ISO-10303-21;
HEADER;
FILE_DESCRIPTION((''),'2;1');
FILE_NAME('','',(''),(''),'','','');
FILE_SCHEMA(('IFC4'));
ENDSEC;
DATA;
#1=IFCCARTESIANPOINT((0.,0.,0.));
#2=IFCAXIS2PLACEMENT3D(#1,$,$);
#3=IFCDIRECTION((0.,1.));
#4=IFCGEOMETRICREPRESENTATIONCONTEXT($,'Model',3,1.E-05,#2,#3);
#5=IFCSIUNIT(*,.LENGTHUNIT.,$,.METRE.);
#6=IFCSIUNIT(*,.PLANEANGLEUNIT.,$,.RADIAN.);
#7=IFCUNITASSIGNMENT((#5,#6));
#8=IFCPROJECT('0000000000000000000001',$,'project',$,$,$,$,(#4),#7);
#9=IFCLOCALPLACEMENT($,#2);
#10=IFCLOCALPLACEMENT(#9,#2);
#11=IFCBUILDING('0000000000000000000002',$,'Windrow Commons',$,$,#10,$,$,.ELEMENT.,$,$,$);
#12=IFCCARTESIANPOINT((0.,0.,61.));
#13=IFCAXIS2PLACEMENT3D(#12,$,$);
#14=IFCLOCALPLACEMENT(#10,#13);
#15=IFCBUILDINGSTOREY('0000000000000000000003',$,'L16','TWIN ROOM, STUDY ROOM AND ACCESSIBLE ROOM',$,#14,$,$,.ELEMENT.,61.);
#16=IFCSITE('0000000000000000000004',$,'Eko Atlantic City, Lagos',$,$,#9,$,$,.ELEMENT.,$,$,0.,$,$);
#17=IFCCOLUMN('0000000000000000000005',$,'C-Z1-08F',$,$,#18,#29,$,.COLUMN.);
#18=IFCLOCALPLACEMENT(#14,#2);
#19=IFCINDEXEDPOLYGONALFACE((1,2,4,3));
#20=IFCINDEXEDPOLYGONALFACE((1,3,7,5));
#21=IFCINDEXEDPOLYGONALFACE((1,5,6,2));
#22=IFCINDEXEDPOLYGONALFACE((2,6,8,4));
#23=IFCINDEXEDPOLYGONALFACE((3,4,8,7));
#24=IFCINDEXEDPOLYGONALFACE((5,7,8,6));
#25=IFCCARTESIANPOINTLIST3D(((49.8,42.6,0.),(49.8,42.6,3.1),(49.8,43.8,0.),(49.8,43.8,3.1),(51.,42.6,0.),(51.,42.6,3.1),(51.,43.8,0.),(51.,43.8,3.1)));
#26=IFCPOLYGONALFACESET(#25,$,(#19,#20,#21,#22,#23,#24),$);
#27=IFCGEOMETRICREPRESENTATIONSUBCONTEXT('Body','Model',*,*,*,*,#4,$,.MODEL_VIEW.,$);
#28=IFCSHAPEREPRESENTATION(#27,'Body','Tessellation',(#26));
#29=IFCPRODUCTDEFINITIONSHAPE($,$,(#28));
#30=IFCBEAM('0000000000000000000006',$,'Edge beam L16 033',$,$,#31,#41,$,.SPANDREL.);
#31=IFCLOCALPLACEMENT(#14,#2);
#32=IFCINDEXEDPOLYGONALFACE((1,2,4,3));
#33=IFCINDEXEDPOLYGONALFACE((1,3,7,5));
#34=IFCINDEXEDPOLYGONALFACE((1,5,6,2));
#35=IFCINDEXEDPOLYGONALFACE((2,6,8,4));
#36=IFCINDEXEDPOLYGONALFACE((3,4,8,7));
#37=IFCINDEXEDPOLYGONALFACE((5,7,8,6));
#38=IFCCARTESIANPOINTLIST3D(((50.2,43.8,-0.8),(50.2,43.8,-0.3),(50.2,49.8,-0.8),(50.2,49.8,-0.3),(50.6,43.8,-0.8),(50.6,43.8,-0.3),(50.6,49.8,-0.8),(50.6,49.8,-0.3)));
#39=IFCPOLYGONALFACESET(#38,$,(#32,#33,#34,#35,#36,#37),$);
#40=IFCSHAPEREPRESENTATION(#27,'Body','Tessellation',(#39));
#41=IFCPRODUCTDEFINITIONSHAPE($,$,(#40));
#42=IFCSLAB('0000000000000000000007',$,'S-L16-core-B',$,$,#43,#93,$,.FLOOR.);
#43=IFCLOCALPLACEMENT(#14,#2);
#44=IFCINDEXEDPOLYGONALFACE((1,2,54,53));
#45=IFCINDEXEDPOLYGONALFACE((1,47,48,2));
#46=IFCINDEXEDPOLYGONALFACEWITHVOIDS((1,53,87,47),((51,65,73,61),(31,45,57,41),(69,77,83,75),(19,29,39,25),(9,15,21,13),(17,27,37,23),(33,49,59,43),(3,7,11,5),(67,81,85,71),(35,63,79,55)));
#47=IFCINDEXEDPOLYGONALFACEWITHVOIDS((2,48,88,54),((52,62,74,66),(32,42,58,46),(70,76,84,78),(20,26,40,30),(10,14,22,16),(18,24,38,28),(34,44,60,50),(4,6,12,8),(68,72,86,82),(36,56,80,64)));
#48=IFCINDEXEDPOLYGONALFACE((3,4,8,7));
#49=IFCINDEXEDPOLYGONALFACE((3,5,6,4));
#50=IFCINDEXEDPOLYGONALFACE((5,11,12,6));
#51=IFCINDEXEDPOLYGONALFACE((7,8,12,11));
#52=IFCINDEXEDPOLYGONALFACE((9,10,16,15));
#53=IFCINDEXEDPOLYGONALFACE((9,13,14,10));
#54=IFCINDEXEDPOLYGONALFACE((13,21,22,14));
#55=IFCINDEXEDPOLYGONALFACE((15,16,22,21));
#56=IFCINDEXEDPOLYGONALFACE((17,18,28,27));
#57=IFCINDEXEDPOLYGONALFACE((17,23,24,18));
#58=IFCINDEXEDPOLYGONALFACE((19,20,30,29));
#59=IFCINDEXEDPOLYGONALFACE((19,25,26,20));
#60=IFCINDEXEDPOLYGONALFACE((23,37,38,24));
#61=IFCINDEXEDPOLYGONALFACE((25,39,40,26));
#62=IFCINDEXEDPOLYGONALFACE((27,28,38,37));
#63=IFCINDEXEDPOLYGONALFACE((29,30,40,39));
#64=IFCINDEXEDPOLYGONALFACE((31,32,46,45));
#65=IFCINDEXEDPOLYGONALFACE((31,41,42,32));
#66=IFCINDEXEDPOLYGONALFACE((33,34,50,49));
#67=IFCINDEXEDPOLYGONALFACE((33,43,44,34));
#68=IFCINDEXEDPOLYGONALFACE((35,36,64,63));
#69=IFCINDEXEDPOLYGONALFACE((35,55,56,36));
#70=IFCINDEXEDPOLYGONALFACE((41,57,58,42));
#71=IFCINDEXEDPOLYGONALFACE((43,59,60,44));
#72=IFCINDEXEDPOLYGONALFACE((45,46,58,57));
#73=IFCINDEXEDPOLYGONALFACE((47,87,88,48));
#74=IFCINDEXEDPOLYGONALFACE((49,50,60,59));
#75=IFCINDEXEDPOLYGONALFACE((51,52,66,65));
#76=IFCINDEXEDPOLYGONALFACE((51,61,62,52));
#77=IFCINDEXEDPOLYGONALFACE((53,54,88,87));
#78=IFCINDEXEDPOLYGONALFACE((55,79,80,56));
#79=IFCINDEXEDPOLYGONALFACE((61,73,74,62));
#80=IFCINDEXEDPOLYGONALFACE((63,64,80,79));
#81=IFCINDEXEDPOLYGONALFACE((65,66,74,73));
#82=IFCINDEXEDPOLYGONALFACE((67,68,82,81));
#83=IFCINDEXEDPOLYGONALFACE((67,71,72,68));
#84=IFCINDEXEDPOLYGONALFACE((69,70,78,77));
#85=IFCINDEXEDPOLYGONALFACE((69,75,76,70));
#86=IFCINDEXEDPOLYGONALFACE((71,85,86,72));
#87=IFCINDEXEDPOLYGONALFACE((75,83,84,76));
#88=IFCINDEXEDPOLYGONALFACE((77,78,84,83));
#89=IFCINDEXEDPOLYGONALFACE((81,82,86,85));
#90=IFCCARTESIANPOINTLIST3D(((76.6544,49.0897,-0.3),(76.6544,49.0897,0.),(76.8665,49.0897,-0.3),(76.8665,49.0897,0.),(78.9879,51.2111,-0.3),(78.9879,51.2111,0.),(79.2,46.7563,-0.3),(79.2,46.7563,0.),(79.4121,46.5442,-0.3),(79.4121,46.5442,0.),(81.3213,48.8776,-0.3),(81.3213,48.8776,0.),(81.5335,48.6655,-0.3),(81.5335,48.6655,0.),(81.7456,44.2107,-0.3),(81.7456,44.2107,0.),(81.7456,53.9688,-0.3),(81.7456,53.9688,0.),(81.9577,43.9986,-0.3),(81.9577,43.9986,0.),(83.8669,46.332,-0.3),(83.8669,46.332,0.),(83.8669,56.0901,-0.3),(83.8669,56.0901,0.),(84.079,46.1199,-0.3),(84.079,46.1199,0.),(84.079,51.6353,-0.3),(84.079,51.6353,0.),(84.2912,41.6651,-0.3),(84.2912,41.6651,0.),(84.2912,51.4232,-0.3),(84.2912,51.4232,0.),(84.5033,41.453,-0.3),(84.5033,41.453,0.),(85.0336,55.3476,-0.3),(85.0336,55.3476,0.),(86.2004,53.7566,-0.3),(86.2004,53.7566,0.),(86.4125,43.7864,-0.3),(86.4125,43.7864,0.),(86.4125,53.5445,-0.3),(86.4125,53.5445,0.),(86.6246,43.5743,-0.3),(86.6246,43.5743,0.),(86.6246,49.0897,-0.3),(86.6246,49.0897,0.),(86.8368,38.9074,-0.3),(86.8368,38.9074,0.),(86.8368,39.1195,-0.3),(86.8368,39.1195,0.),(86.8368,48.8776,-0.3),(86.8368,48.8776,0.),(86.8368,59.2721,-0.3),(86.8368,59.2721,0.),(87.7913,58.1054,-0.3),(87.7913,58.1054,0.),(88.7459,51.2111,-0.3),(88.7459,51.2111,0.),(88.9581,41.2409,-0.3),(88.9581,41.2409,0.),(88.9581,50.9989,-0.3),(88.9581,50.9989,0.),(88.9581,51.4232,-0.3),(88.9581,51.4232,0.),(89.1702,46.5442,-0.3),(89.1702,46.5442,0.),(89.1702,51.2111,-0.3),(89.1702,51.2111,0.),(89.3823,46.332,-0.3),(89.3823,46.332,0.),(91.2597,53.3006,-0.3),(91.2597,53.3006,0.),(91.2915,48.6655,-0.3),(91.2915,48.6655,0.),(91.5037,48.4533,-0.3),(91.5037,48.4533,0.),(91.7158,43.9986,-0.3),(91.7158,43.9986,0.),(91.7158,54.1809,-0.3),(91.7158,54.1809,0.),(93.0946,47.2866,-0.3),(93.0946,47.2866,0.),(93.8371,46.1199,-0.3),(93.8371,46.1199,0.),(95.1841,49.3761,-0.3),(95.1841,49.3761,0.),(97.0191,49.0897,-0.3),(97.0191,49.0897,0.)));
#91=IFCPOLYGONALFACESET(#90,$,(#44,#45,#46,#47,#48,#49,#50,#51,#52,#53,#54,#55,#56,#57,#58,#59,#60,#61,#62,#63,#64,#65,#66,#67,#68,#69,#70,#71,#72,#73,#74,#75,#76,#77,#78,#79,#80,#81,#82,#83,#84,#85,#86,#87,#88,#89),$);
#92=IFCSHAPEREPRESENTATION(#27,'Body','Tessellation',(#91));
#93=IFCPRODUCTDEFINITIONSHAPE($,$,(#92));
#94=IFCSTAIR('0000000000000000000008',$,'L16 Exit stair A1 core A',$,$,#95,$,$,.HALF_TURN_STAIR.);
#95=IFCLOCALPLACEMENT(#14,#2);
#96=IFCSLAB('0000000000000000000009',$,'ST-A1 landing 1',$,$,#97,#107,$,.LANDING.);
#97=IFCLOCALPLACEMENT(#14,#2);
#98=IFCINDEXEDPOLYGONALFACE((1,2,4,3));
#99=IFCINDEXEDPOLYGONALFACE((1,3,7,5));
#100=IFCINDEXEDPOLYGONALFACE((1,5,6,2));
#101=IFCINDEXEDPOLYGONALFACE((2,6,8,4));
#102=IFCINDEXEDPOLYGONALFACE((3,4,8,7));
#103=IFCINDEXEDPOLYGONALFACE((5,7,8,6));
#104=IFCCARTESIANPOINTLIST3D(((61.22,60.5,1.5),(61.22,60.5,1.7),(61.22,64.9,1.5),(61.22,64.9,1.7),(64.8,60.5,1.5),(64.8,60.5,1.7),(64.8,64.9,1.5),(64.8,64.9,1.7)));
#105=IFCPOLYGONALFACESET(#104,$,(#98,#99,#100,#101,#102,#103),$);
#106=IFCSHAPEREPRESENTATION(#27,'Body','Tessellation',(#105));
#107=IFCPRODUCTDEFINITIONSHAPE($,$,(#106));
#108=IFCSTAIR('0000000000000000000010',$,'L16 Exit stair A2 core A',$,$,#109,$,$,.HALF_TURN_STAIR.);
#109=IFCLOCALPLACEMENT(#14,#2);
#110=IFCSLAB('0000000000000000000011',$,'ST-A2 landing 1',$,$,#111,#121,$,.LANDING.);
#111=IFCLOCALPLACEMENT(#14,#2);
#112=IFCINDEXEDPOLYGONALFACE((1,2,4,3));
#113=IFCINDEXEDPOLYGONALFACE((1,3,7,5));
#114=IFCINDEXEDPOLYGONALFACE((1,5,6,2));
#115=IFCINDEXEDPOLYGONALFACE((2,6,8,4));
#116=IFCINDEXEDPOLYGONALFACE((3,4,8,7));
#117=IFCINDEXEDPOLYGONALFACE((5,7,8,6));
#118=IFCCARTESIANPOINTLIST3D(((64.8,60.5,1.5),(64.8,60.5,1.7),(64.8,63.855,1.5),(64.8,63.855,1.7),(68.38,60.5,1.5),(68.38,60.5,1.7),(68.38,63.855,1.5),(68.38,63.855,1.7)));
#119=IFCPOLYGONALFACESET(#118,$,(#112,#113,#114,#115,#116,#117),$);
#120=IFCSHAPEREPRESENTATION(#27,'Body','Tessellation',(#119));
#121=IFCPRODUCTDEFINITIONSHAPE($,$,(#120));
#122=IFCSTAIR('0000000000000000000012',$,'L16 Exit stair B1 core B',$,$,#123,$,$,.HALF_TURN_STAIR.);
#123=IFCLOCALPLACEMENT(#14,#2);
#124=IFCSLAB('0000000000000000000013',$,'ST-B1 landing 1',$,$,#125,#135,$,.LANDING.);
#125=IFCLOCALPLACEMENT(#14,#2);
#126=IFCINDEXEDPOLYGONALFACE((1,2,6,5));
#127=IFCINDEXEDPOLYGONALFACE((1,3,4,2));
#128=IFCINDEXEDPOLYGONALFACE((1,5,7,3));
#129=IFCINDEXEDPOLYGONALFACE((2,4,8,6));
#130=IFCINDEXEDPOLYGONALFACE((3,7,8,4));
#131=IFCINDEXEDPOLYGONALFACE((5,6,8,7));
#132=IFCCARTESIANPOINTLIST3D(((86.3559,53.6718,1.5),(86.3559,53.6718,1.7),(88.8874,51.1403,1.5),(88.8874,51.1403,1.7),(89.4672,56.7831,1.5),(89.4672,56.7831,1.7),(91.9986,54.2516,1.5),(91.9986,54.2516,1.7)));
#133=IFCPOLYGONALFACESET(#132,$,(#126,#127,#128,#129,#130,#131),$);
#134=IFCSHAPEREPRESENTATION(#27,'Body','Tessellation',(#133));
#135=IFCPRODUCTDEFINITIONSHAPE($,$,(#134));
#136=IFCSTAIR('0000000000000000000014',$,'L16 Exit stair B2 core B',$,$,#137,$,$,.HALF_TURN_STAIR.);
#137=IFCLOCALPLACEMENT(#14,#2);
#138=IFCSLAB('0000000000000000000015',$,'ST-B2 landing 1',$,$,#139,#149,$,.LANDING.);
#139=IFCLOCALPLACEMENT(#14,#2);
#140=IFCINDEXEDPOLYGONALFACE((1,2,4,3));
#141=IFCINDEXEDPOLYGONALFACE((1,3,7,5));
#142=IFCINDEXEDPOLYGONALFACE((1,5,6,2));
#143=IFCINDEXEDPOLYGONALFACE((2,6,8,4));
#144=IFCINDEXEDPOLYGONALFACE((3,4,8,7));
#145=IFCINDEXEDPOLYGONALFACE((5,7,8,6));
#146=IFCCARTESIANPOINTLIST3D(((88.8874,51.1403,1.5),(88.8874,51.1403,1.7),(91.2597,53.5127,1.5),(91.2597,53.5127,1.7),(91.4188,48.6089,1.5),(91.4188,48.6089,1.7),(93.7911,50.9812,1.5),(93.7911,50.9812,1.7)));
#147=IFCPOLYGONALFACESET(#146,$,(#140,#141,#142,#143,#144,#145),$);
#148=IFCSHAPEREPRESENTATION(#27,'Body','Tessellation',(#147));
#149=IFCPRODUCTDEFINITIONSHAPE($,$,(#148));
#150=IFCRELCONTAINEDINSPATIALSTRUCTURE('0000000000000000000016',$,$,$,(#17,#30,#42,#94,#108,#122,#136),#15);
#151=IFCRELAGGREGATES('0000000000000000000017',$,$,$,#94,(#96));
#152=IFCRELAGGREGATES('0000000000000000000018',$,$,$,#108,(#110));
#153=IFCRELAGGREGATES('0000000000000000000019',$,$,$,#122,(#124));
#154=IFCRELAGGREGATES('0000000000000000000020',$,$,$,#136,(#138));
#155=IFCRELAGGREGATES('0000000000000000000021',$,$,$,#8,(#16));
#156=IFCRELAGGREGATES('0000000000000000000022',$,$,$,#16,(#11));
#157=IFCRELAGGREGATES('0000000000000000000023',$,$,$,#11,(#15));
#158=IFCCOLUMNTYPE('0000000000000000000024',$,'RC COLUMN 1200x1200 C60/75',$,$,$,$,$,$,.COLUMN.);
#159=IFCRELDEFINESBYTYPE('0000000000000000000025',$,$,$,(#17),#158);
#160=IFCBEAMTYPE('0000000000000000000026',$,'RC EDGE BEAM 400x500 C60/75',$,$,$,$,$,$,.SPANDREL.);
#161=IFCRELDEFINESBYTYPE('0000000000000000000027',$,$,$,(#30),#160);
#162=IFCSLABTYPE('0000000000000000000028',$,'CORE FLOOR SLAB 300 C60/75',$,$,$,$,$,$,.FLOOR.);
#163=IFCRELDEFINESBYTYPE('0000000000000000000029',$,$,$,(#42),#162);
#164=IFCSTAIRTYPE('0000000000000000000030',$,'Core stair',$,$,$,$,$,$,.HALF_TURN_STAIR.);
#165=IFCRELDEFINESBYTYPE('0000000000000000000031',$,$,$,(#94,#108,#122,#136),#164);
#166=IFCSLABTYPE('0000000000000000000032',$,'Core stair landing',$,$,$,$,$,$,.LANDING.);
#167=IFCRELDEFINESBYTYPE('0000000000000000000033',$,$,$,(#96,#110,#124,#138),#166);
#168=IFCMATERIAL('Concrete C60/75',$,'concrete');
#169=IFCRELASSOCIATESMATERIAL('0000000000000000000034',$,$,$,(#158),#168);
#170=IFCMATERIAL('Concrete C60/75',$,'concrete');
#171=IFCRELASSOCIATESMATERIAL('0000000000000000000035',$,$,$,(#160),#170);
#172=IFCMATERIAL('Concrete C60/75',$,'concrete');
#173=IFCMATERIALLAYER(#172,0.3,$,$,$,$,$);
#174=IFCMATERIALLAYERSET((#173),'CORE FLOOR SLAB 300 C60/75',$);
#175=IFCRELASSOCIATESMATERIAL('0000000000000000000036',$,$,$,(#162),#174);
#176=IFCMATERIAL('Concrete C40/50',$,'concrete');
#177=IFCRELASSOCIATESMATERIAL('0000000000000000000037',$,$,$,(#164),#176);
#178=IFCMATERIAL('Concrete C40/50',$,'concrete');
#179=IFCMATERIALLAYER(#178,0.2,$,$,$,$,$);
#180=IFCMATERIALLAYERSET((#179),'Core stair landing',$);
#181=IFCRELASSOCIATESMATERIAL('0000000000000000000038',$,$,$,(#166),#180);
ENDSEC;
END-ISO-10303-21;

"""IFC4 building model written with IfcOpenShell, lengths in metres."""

from ifc_helpers import new_model, si_unit, direction, frame, origin, origin_2d, place, context, subcontext, project, spatial, polyline, rectangle, outline, extrude, material, layer, layer_set, material_profile, profile_set, type_object, element, aggregate, save


model = new_model("IFC4")

# Units and contexts
model_context = context("Model", 3, precision=1e-05, world=origin(), true_north=direction((0.0, 1.0)))
body_context = subcontext(model_context, "Body", "Model", "MODEL_VIEW")
ifc_project = project(units=[si_unit("LENGTHUNIT", "METRE"), si_unit("PLANEANGLEUNIT", "RADIAN")], contexts=[model_context])

# Site, building, storey
site_placement = place(None, origin())
site = spatial("IfcSite", under=ifc_project, at=site_placement, Name="Eko Atlantic City, Lagos", CompositionType="ELEMENT", RefElevation=0.0)
building_placement = place(site_placement, origin())
building = spatial("IfcBuilding", under=site, at=building_placement, Name="Windrow Commons", CompositionType="ELEMENT")
storey_placement = place(building_placement, frame((0.0, 0.0, 61.0)))
storey = spatial("IfcBuildingStorey", under=building, at=storey_placement, Name="L16", Description="TWIN ROOM, STUDY ROOM AND ACCESSIBLE ROOM", CompositionType="ELEMENT", Elevation=61.0)

# Column
ifc_material_1 = material(Name="Concrete C60/75", Category="concrete")
ifc_material_profile_1 = material_profile(ifc_material_1, rectangle(XDim=1.2, YDim=1.2, at=origin_2d()))
ifc_profile_set_1 = profile_set([ifc_material_profile_1], Name="Concrete C60/75")
column_type = type_object("IfcColumnType", Name="RC COLUMN 1200x1200 C60/75", PredefinedType="COLUMN", material=ifc_profile_set_1)
column_placement = place(storey_placement, frame((50.4, 43.2, 0.0), z_axis=(0.0, 0.0, 1.0), x_axis=(1.0, 0.0, 0.0)))
element("IfcColumn", 1, at=column_placement, inside=storey, type_object=column_type, Name="C-Z1-08F", PredefinedType="COLUMN", context=body_context, shape_type="SweptSolid", body=[
    extrude(rectangle(XDim=1.2, YDim=1.2, at=origin_2d()), origin(), (0.0, 0.0, 1.0), 3.1),
])

# Beam
ifc_material_2 = material(Name="Concrete C60/75", Category="concrete")
ifc_material_profile_2 = material_profile(ifc_material_2, rectangle(XDim=0.4, YDim=0.5, at=origin_2d()))
ifc_profile_set_2 = profile_set([ifc_material_profile_2], Name="Concrete C60/75")
beam_type = type_object("IfcBeamType", Name="RC EDGE BEAM 400x500 C60/75", PredefinedType="SPANDREL", material=ifc_profile_set_2)
beam_placement = place(storey_placement, frame((50.4, 43.8, -0.55), z_axis=(0.0, 1.0, 0.0), x_axis=(-1.0, 0.0, 0.0)))
element("IfcBeam", 2, at=beam_placement, inside=storey, type_object=beam_type, Name="Edge beam L16 033", PredefinedType="SPANDREL", context=body_context, shape_type="SweptSolid", body=[
    extrude(rectangle(XDim=0.4, YDim=0.5, at=origin_2d()), origin(), (0.0, 0.0, 1.0), 6.0),
])

# Slab, openings
ifc_material_3 = material(Name="Concrete C60/75", Category="concrete")
ifc_layer_1 = layer(ifc_material_3, 0.3)
ifc_layer_set_1 = layer_set([ifc_layer_1], Name="CORE FLOOR SLAB 300 C60/75")
slab_type_1 = type_object("IfcSlabType", Name="CORE FLOOR SLAB 300 C60/75", PredefinedType="FLOOR", material=ifc_layer_set_1)
placement_1 = place(storey_placement, frame((0.0, 0.0, -0.3)))
slab_1 = element("IfcSlab", 3, at=placement_1, inside=storey, type_object=slab_type_1, Name="S-L16-core-B", PredefinedType="FLOOR", context=body_context, shape_type="SweptSolid", body=[
    extrude(outline(polyline([(76.6544, 49.0897), (86.8368, 38.9074), (97.0191, 49.0897), (86.8368, 59.2721), (76.6544, 49.0897)]), holes=[polyline([(76.8665, 49.0897), (79.2, 46.7563), (81.3213, 48.8776), (78.9879, 51.2111), (76.8665, 49.0897)]), polyline([(79.4121, 46.5442), (81.7456, 44.2107), (83.8669, 46.332), (81.5335, 48.6655), (79.4121, 46.5442)]), polyline([(81.9577, 43.9986), (84.2912, 41.6651), (86.4125, 43.7864), (84.079, 46.1199), (81.9577, 43.9986)]), polyline([(84.5033, 41.453), (86.8368, 39.1195), (88.9581, 41.2409), (86.6246, 43.5743), (84.5033, 41.453)]), polyline([(81.7456, 53.9688), (84.079, 51.6353), (86.2004, 53.7566), (83.8669, 56.0901), (81.7456, 53.9688)]), polyline([(84.2912, 51.4232), (86.6246, 49.0897), (88.7459, 51.2111), (86.4125, 53.5445), (84.2912, 51.4232)]), polyline([(86.8368, 48.8776), (89.1702, 46.5442), (91.2915, 48.6655), (88.9581, 50.9989), (86.8368, 48.8776)]), polyline([(89.3823, 46.332), (91.7158, 43.9986), (93.8371, 46.1199), (91.5037, 48.4533), (89.3823, 46.332)]), polyline([(85.0336, 55.3476), (88.9581, 51.4232), (91.7158, 54.1809), (87.7913, 58.1054), (85.0336, 55.3476)]), polyline([(89.1702, 51.2111), (93.0946, 47.2866), (95.1841, 49.3761), (91.2597, 53.3006), (89.1702, 51.2111)])]), origin(), (0.0, 0.0, 1.0), 0.3),
])
opening_1_placement = place(placement_1, origin())
element("IfcOpeningElement", 4, at=opening_1_placement, cuts=slab_1, PredefinedType="OPENING", context=body_context, shape_type="SweptSolid", body=[
    extrude(outline(polyline([(76.8736, 49.0897), (78.9879, 51.204), (81.3142, 48.8776), (79.2, 46.7634), (76.8736, 49.0897)])), origin(), (0.0, 0.0, 1.0), 0.3),
])
opening_2_placement = place(placement_1, origin())
element("IfcOpeningElement", 5, at=opening_2_placement, cuts=slab_1, PredefinedType="OPENING", context=body_context, shape_type="SweptSolid", body=[
    extrude(outline(polyline([(79.4192, 46.5442), (81.5335, 48.6584), (83.8598, 46.332), (81.7456, 44.2178), (79.4192, 46.5442)])), origin(), (0.0, 0.0, 1.0), 0.3),
])
opening_3_placement = place(placement_1, origin())
element("IfcOpeningElement", 6, at=opening_3_placement, cuts=slab_1, PredefinedType="OPENING", context=body_context, shape_type="SweptSolid", body=[
    extrude(outline(polyline([(81.9648, 43.9986), (84.079, 46.1128), (86.4054, 43.7864), (84.2912, 41.6722), (81.9648, 43.9986)])), origin(), (0.0, 0.0, 1.0), 0.3),
])
opening_4_placement = place(placement_1, origin())
element("IfcOpeningElement", 7, at=opening_4_placement, cuts=slab_1, PredefinedType="OPENING", context=body_context, shape_type="SweptSolid", body=[
    extrude(outline(polyline([(84.5104, 41.453), (86.6246, 43.5672), (88.951, 41.2409), (86.8368, 39.1266), (84.5104, 41.453)])), origin(), (0.0, 0.0, 1.0), 0.3),
])
opening_5_placement = place(placement_1, origin())
element("IfcOpeningElement", 8, at=opening_5_placement, cuts=slab_1, PredefinedType="OPENING", context=body_context, shape_type="SweptSolid", body=[
    extrude(outline(polyline([(81.7527, 53.9688), (83.8669, 56.083), (86.1933, 53.7566), (84.079, 51.6424), (81.7527, 53.9688)])), origin(), (0.0, 0.0, 1.0), 0.3),
])
opening_6_placement = place(placement_1, origin())
element("IfcOpeningElement", 9, at=opening_6_placement, cuts=slab_1, PredefinedType="OPENING", context=body_context, shape_type="SweptSolid", body=[
    extrude(outline(polyline([(84.2983, 51.4232), (86.4125, 53.5374), (88.7388, 51.2111), (86.6246, 49.0968), (84.2983, 51.4232)])), origin(), (0.0, 0.0, 1.0), 0.3),
])
opening_7_placement = place(placement_1, origin())
element("IfcOpeningElement", 10, at=opening_7_placement, cuts=slab_1, PredefinedType="OPENING", context=body_context, shape_type="SweptSolid", body=[
    extrude(outline(polyline([(86.8439, 48.8776), (88.9581, 50.9918), (91.2844, 48.6655), (89.1702, 46.5513), (86.8439, 48.8776)])), origin(), (0.0, 0.0, 1.0), 0.3),
])
opening_8_placement = place(placement_1, origin())
element("IfcOpeningElement", 11, at=opening_8_placement, cuts=slab_1, PredefinedType="OPENING", context=body_context, shape_type="SweptSolid", body=[
    extrude(outline(polyline([(89.3894, 46.332), (91.5037, 48.4462), (93.83, 46.1199), (91.7158, 44.0057), (89.3894, 46.332)])), origin(), (0.0, 0.0, 1.0), 0.3),
])
opening_9_placement = place(placement_1, origin())
element("IfcOpeningElement", 12, at=opening_9_placement, cuts=slab_1, PredefinedType="OPENING", context=body_context, shape_type="SweptSolid", body=[
    extrude(outline(polyline([(85.0407, 55.3476), (87.7913, 58.0983), (91.7087, 54.1809), (88.9581, 51.4303), (85.0407, 55.3476)])), origin(), (0.0, 0.0, 1.0), 0.3),
])
opening_10_placement = place(placement_1, origin())
element("IfcOpeningElement", 13, at=opening_10_placement, cuts=slab_1, PredefinedType="OPENING", context=body_context, shape_type="SweptSolid", body=[
    extrude(outline(polyline([(89.1773, 51.2111), (91.2597, 53.2935), (95.177, 49.3761), (93.0946, 47.2937), (89.1773, 51.2111)])), origin(), (0.0, 0.0, 1.0), 0.3),
])

# Stairs, slabs
ifc_material_4 = material(Name="Concrete C40/50", Category="concrete")
stair_type = type_object("IfcStairType", Name="Core stair", PredefinedType="HALF_TURN_STAIR", material=ifc_material_4)
placement_2 = place(storey_placement, origin())
stair_1 = element("IfcStair", 14, at=placement_2, inside=storey, type_object=stair_type, Name="L16 Exit stair A1 core A", PredefinedType="HALF_TURN_STAIR")
ifc_material_5 = material(Name="Concrete C40/50", Category="concrete")
ifc_layer_2 = layer(ifc_material_5, 0.2)
ifc_layer_set_2 = layer_set([ifc_layer_2], Name="Core stair landing")
slab_type_2 = type_object("IfcSlabType", Name="Core stair landing", PredefinedType="LANDING", material=ifc_layer_set_2)
placement_3 = place(storey_placement, frame((0.0, 0.0, 1.5)))
slab_2 = element("IfcSlab", 15, at=placement_3, type_object=slab_type_2, Name="ST-A1 landing 1", PredefinedType="LANDING", context=body_context, shape_type="SweptSolid", body=[
    extrude(outline(polyline([(61.22, 60.5), (64.8, 60.5), (64.8, 64.9), (61.22, 64.9), (61.22, 60.5)])), origin(), (0.0, 0.0, 1.0), 0.2),
])
aggregate(stair_1, [slab_2])
stair_2 = element("IfcStair", 16, at=placement_2, inside=storey, type_object=stair_type, Name="L16 Exit stair A2 core A", PredefinedType="HALF_TURN_STAIR")
slab_3 = element("IfcSlab", 17, at=placement_3, type_object=slab_type_2, Name="ST-A2 landing 1", PredefinedType="LANDING", context=body_context, shape_type="SweptSolid", body=[
    extrude(outline(polyline([(64.8, 60.5), (68.38, 60.5), (68.38, 63.855), (64.8, 63.855), (64.8, 60.5)])), origin(), (0.0, 0.0, 1.0), 0.2),
])
aggregate(stair_2, [slab_3])
stair_3 = element("IfcStair", 18, at=placement_2, inside=storey, type_object=stair_type, Name="L16 Exit stair B1 core B", PredefinedType="HALF_TURN_STAIR")
slab_4 = element("IfcSlab", 19, at=placement_3, type_object=slab_type_2, Name="ST-B1 landing 1", PredefinedType="LANDING", context=body_context, shape_type="SweptSolid", body=[
    extrude(outline(polyline([(86.3559, 53.6718), (88.8874, 51.1403), (91.9986, 54.2516), (89.4672, 56.7831), (86.3559, 53.6718)])), origin(), (0.0, 0.0, 1.0), 0.2),
])
aggregate(stair_3, [slab_4])
stair_4 = element("IfcStair", 20, at=placement_2, inside=storey, type_object=stair_type, Name="L16 Exit stair B2 core B", PredefinedType="HALF_TURN_STAIR")
slab_5 = element("IfcSlab", 21, at=placement_3, type_object=slab_type_2, Name="ST-B2 landing 1", PredefinedType="LANDING", context=body_context, shape_type="SweptSolid", body=[
    extrude(outline(polyline([(88.8874, 51.1403), (91.4188, 48.6089), (93.7911, 50.9812), (91.2597, 53.5127), (88.8874, 51.1403)])), origin(), (0.0, 0.0, 1.0), 0.2),
])
aggregate(stair_4, [slab_5])

save(model, "model.ifc")
